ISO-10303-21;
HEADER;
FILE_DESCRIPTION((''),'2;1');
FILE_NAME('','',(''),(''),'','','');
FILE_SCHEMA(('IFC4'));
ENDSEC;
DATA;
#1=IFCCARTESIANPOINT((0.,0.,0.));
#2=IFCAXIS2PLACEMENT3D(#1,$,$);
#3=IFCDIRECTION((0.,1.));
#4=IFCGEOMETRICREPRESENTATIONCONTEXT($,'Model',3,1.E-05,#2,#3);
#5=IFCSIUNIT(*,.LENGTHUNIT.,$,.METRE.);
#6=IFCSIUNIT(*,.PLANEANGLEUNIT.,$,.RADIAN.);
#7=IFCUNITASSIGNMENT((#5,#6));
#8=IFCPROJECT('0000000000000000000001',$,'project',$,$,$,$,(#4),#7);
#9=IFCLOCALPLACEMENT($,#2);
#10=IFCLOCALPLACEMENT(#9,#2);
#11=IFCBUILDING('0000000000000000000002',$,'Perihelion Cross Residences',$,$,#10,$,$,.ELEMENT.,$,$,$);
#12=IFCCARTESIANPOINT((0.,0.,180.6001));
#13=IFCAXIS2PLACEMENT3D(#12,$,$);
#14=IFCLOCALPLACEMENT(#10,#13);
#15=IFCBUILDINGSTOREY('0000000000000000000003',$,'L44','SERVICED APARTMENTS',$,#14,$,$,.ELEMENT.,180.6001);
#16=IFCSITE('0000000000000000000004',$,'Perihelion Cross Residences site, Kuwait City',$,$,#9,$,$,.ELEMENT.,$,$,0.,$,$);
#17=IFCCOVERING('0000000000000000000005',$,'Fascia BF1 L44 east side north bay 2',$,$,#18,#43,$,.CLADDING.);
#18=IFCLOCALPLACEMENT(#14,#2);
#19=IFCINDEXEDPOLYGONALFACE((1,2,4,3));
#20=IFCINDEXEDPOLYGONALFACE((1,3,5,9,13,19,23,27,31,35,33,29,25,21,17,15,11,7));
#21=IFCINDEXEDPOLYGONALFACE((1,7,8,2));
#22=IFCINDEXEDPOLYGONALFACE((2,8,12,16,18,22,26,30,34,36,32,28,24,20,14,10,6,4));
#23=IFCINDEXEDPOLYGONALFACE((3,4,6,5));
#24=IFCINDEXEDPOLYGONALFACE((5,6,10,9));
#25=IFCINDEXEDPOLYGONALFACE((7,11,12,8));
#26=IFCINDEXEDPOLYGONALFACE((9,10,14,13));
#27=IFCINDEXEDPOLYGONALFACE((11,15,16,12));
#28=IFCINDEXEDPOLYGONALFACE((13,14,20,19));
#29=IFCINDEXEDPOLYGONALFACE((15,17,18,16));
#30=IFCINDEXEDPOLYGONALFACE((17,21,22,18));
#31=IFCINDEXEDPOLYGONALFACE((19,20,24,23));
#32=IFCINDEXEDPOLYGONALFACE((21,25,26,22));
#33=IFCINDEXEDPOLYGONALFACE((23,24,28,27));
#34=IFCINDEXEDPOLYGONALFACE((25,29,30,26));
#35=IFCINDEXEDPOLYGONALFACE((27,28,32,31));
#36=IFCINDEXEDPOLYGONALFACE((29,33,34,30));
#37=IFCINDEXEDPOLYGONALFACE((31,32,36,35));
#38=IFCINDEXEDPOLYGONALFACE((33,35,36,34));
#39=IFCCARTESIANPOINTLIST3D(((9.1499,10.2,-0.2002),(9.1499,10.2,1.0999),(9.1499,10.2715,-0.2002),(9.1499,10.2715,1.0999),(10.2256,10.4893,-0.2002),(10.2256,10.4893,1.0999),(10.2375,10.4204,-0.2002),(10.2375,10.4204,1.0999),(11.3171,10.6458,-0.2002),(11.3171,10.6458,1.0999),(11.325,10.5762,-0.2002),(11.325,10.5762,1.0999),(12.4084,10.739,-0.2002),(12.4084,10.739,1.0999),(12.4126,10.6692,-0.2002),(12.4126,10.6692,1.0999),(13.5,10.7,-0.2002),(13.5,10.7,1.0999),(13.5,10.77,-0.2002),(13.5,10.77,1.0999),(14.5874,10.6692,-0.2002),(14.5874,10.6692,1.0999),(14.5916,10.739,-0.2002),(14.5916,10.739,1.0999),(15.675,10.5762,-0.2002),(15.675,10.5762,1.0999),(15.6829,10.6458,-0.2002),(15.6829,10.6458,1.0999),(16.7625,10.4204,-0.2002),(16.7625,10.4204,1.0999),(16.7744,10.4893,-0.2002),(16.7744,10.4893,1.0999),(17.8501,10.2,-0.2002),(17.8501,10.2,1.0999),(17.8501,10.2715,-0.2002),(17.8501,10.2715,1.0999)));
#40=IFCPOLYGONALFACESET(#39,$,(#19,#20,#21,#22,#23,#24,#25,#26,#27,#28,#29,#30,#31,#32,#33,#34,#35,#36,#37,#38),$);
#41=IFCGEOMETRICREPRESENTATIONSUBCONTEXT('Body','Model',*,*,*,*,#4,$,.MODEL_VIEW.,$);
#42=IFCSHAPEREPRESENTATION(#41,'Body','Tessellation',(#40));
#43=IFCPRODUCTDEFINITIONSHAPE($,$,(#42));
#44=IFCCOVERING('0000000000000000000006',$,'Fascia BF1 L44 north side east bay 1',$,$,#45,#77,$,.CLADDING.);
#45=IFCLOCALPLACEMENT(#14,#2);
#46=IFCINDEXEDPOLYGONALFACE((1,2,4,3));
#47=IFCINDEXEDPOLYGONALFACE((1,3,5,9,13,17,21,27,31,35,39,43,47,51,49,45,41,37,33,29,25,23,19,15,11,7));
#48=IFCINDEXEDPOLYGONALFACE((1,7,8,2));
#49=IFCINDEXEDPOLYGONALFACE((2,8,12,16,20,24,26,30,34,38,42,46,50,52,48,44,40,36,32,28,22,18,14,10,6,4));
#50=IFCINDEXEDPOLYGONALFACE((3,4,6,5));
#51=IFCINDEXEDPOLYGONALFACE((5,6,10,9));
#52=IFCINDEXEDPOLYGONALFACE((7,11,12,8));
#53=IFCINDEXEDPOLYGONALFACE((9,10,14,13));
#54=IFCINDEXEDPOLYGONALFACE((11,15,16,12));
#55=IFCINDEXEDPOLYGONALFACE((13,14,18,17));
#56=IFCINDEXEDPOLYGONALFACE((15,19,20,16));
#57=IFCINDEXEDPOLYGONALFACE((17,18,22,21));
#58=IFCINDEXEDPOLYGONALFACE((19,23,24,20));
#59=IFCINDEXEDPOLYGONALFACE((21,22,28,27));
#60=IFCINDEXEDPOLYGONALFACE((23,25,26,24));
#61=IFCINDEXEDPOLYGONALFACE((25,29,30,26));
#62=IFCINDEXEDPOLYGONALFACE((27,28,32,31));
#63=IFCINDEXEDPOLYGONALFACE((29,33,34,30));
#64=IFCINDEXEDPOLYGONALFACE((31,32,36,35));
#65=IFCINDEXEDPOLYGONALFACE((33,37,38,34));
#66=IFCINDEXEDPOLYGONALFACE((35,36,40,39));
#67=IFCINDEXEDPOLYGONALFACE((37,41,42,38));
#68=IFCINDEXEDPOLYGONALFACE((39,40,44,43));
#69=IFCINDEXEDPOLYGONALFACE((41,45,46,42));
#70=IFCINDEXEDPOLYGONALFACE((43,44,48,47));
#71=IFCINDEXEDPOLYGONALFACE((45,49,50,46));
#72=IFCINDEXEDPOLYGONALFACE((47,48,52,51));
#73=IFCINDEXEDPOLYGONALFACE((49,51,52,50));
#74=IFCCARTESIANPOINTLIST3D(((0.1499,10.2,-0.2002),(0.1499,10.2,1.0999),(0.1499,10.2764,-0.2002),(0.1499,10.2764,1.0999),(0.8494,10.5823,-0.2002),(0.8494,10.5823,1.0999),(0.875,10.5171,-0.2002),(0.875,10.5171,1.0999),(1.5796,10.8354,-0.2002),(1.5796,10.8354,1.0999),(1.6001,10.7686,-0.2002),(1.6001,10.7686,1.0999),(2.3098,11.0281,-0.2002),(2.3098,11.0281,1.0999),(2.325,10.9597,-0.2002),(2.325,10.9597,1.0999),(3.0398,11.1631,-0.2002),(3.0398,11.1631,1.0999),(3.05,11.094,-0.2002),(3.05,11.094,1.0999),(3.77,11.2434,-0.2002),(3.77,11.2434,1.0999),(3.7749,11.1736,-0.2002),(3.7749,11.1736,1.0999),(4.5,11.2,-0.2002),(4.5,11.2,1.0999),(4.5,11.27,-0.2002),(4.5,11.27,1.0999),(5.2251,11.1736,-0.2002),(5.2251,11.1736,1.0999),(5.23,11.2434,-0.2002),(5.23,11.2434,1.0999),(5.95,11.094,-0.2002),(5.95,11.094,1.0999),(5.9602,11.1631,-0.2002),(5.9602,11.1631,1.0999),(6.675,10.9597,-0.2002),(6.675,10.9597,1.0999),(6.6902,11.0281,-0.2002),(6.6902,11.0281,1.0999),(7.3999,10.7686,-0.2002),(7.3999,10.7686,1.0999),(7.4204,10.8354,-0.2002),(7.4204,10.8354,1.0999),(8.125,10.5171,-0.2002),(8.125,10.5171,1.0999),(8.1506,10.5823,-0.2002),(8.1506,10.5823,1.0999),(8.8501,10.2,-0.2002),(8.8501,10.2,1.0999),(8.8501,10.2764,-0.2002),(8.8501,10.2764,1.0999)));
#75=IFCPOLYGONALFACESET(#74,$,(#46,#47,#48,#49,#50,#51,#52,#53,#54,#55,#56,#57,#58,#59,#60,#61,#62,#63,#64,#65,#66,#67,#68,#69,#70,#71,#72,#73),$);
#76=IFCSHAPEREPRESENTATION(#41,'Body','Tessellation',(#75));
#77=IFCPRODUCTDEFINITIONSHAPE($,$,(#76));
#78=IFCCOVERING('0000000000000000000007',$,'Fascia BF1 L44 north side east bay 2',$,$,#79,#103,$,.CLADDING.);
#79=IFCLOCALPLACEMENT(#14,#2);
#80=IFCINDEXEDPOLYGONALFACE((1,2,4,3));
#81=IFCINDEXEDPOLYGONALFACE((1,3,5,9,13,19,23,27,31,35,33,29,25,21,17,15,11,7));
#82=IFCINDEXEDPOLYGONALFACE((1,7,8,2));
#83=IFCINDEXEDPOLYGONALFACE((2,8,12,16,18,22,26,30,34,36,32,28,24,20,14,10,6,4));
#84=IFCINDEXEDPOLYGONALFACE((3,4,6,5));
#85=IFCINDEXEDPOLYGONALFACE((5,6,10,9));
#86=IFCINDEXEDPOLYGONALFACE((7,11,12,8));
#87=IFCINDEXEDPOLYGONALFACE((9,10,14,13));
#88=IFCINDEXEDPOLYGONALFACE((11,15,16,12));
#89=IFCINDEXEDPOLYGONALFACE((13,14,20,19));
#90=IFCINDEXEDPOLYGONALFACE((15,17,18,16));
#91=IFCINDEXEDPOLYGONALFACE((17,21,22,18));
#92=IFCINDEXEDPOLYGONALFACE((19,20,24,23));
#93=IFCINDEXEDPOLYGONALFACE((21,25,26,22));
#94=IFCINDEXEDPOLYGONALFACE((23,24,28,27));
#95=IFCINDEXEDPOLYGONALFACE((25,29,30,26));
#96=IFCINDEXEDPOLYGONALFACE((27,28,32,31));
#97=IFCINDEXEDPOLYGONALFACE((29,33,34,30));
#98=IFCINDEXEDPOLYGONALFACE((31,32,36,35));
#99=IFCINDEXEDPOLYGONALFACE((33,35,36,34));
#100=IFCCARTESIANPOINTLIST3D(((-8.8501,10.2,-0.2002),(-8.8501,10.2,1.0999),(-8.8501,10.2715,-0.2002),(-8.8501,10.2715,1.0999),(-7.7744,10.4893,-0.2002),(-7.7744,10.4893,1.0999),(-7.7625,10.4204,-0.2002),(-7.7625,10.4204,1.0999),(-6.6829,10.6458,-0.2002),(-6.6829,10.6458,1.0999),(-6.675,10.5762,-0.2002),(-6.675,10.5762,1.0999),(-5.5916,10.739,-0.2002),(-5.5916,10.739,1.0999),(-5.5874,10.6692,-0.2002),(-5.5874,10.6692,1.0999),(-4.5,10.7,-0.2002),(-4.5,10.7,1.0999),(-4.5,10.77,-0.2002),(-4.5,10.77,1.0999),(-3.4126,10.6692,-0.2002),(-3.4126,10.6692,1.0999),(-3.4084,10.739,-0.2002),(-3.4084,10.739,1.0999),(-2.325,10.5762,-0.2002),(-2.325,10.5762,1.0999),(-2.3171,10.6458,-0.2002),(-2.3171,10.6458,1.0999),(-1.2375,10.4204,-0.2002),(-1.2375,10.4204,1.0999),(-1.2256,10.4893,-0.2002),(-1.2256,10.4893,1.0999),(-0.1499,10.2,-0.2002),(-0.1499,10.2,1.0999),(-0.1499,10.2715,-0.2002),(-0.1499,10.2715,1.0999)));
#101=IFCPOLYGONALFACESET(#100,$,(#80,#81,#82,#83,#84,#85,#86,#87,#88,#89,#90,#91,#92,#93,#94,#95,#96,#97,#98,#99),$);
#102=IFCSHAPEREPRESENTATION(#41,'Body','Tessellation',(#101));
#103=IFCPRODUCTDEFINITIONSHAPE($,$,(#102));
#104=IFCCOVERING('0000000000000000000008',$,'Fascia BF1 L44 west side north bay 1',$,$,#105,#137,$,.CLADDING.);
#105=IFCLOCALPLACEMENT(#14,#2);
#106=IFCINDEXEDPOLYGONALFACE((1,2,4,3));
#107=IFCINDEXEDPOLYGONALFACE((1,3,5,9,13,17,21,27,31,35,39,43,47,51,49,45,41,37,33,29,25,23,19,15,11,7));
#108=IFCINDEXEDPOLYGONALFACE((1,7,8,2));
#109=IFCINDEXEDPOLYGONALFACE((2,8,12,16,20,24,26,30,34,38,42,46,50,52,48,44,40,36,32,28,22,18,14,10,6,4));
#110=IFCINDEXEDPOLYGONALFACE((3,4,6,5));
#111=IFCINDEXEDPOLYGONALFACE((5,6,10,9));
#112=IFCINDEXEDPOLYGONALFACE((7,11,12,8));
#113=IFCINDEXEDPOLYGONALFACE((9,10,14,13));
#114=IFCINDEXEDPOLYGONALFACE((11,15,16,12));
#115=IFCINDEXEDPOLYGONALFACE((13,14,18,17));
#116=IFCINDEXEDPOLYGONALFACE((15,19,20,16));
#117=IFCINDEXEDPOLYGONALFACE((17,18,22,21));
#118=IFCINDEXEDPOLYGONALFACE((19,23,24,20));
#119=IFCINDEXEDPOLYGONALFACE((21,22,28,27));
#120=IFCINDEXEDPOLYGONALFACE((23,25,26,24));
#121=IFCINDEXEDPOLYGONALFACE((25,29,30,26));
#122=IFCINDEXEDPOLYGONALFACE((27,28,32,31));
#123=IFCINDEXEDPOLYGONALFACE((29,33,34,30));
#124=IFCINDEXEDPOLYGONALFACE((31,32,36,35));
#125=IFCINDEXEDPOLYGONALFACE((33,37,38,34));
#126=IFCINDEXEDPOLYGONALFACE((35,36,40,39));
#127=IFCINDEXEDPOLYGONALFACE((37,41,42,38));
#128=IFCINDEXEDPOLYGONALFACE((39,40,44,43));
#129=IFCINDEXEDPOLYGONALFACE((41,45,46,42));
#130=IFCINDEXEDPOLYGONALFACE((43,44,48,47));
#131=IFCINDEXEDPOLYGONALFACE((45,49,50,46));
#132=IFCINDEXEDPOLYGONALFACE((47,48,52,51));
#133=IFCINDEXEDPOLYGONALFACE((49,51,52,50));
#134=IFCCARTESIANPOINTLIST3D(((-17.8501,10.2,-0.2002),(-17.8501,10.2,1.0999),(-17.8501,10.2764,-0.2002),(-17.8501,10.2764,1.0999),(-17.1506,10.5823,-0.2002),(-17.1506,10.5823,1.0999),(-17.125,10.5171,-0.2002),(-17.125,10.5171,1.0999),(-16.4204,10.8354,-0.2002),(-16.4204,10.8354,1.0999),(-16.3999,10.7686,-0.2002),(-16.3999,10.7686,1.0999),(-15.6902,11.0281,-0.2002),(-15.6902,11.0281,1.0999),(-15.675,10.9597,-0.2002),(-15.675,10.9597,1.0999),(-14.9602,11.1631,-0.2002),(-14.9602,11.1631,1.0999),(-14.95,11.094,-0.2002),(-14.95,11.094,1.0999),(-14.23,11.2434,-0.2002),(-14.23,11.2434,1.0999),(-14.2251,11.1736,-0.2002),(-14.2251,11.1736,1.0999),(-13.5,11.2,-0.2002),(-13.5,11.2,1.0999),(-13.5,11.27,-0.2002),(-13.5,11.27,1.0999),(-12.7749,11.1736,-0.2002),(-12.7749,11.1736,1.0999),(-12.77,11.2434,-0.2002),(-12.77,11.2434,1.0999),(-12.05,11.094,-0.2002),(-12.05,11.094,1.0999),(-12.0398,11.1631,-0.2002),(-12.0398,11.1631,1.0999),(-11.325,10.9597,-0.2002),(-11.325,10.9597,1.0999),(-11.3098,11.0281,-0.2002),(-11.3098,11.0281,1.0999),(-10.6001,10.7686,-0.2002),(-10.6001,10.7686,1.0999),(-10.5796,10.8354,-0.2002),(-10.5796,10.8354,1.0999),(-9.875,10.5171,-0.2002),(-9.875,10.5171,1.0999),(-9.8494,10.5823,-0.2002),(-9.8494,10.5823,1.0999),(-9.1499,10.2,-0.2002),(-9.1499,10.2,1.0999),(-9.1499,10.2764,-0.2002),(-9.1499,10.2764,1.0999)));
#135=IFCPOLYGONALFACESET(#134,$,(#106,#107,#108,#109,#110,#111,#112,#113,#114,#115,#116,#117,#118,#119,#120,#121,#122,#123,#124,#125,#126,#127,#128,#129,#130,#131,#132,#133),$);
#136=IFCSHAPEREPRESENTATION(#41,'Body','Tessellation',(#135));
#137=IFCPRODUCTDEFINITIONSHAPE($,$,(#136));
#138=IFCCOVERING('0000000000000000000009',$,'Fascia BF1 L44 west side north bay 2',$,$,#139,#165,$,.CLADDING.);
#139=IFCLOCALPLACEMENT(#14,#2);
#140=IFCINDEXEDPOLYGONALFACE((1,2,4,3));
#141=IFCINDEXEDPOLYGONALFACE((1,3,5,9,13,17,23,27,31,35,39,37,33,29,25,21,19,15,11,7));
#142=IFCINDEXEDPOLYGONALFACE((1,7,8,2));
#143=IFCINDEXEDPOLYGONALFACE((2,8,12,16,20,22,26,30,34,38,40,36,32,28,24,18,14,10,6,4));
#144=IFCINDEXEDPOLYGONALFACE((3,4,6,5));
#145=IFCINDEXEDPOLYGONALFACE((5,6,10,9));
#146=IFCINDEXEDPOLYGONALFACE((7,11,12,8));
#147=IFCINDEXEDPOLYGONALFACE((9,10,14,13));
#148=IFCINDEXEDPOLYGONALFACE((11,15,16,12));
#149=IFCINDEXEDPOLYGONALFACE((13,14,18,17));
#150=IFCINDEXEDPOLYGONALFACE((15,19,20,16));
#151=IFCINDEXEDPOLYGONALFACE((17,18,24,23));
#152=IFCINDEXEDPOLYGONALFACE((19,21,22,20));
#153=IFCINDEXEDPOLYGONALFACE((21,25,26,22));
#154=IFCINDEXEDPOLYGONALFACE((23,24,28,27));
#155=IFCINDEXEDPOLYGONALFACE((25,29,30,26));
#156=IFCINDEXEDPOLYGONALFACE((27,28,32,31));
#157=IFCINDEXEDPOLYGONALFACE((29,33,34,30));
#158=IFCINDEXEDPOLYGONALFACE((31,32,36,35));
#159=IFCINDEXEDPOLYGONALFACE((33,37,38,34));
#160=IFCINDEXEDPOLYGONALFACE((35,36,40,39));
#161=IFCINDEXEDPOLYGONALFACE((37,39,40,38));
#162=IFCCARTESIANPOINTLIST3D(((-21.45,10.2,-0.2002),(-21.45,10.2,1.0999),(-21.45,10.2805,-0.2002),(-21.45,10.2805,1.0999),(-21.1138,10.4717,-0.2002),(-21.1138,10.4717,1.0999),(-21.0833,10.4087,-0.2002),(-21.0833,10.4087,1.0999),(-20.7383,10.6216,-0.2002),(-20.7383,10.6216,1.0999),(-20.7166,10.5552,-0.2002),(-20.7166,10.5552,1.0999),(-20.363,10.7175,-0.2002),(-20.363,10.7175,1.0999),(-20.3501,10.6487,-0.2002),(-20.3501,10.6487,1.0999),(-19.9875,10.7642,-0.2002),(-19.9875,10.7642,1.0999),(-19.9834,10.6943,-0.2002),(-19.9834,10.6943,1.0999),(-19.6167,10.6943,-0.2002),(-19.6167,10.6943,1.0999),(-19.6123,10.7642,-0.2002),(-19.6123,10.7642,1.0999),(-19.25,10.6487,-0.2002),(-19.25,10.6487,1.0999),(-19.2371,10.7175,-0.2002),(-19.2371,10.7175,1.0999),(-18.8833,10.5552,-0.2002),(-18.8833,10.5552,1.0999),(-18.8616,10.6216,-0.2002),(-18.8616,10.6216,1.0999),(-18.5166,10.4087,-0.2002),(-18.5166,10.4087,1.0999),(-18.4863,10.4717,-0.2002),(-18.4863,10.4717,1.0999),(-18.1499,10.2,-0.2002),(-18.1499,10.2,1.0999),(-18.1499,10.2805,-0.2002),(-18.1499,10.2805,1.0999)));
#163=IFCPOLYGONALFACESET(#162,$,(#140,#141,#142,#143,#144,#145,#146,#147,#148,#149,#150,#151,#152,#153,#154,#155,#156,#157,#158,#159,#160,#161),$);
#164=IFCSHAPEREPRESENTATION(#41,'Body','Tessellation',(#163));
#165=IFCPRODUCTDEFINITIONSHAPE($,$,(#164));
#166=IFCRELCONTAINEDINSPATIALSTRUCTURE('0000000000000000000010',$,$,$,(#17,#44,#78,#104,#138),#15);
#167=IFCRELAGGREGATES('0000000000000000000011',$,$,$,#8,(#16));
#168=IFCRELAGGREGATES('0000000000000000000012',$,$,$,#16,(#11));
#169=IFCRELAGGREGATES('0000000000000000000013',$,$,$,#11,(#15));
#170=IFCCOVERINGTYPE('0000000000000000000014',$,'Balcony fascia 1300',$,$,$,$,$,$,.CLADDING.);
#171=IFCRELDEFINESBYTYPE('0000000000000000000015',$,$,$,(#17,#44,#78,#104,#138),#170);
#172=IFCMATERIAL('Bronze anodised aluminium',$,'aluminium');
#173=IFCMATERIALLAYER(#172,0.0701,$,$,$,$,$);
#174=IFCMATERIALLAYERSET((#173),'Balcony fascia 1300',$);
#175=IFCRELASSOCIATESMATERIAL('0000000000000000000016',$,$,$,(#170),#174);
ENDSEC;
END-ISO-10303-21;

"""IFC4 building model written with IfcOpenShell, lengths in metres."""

from ifc_helpers import new_model, si_unit, direction, frame, origin, place, context, subcontext, project, spatial, polyline, outline, extrude, material, layer, layer_set, type_object, element, save


model = new_model("IFC4")

# Units and contexts
model_context = context("Model", 3, precision=1e-05, world=origin(), true_north=direction((0.0, 1.0)))
body_context = subcontext(model_context, "Body", "Model", "MODEL_VIEW")
ifc_project = project(units=[si_unit("LENGTHUNIT", "METRE"), si_unit("PLANEANGLEUNIT", "RADIAN")], contexts=[model_context])

# Site, building, storey
site_placement = place(None, origin())
site = spatial("IfcSite", under=ifc_project, at=site_placement, Name="Perihelion Cross Residences site, Kuwait City", CompositionType="ELEMENT", RefElevation=0.0)
building_placement = place(site_placement, origin())
building = spatial("IfcBuilding", under=site, at=building_placement, Name="Perihelion Cross Residences", CompositionType="ELEMENT")
storey_placement = place(building_placement, frame((0.0, 0.0, 180.6001)))
storey = spatial("IfcBuildingStorey", under=building, at=storey_placement, Name="L44", Description="SERVICED APARTMENTS", CompositionType="ELEMENT", Elevation=180.6001)

# Coverings
ifc_material_1 = material(Name="Bronze anodised aluminium", Category="aluminium")
ifc_layer_1 = layer(ifc_material_1, 0.0701)
ifc_layer_set_1 = layer_set([ifc_layer_1], Name="Balcony fascia 1300")
covering_type = type_object("IfcCoveringType", Name="Balcony fascia 1300", PredefinedType="CLADDING", material=ifc_layer_set_1)
covering_1_placement = place(storey_placement, frame((0.0, 0.0, -0.2002)))
element("IfcCovering", 1, at=covering_1_placement, inside=storey, type_object=covering_type, Name="Fascia BF1 L44 east side north bay 2", PredefinedType="CLADDING", context=body_context, shape_type="SweptSolid", body=[
    extrude(outline(polyline([(16.7744, 10.4893), (15.6829, 10.6458), (14.5916, 10.739), (13.5, 10.77), (12.4084, 10.739), (11.3171, 10.6458), (10.2256, 10.4893), (9.1499, 10.2715), (9.1499, 10.2), (10.2375, 10.4204), (11.325, 10.5762), (12.4126, 10.6692), (13.5, 10.7), (14.5874, 10.6692), (15.675, 10.5762), (16.7625, 10.4204), (17.8501, 10.2), (17.8501, 10.2715), (16.7744, 10.4893)])), origin(), (0.0, 0.0, 1.0), 1.3),
])
covering_2_placement = place(storey_placement, frame((0.0, 0.0, -0.2002)))
element("IfcCovering", 2, at=covering_2_placement, inside=storey, type_object=covering_type, Name="Fascia BF1 L44 north side east bay 1", PredefinedType="CLADDING", context=body_context, shape_type="SweptSolid", body=[
    extrude(outline(polyline([(8.1506, 10.5823), (7.4204, 10.8354), (6.6902, 11.0281), (5.9602, 11.1631), (5.23, 11.2434), (4.5, 11.27), (3.77, 11.2434), (3.0398, 11.1631), (2.3098, 11.0281), (1.5796, 10.8354), (0.8494, 10.5823), (0.1499, 10.2764), (0.1499, 10.2), (0.875, 10.5171), (1.6001, 10.7686), (2.325, 10.9597), (3.05, 11.094), (3.7749, 11.1736), (4.5, 11.2), (5.2251, 11.1736), (5.95, 11.094), (6.675, 10.9597), (7.3999, 10.7686), (8.125, 10.5171), (8.8501, 10.2), (8.8501, 10.2764), (8.1506, 10.5823)])), origin(), (0.0, 0.0, 1.0), 1.3),
])
covering_3_placement = place(storey_placement, frame((0.0, 0.0, -0.2002)))
element("IfcCovering", 3, at=covering_3_placement, inside=storey, type_object=covering_type, Name="Fascia BF1 L44 north side east bay 2", PredefinedType="CLADDING", context=body_context, shape_type="SweptSolid", body=[
    extrude(outline(polyline([(-1.2256, 10.4893), (-2.3171, 10.6458), (-3.4084, 10.739), (-4.5, 10.77), (-5.5916, 10.739), (-6.6829, 10.6458), (-7.7744, 10.4893), (-8.8501, 10.2715), (-8.8501, 10.2), (-7.7625, 10.4204), (-6.675, 10.5762), (-5.5874, 10.6692), (-4.5, 10.7), (-3.4126, 10.6692), (-2.325, 10.5762), (-1.2375, 10.4204), (-0.1499, 10.2), (-0.1499, 10.2715), (-1.2256, 10.4893)])), origin(), (0.0, 0.0, 1.0), 1.3),
])
covering_4_placement = place(storey_placement, frame((0.0, 0.0, -0.2002)))
element("IfcCovering", 4, at=covering_4_placement, inside=storey, type_object=covering_type, Name="Fascia BF1 L44 west side north bay 1", PredefinedType="CLADDING", context=body_context, shape_type="SweptSolid", body=[
    extrude(outline(polyline([(-9.8494, 10.5823), (-10.5796, 10.8354), (-11.3098, 11.0281), (-12.0398, 11.1631), (-12.77, 11.2434), (-13.5, 11.27), (-14.23, 11.2434), (-14.9602, 11.1631), (-15.6902, 11.0281), (-16.4204, 10.8354), (-17.1506, 10.5823), (-17.8501, 10.2764), (-17.8501, 10.2), (-17.125, 10.5171), (-16.3999, 10.7686), (-15.675, 10.9597), (-14.95, 11.094), (-14.2251, 11.1736), (-13.5, 11.2), (-12.7749, 11.1736), (-12.05, 11.094), (-11.325, 10.9597), (-10.6001, 10.7686), (-9.875, 10.5171), (-9.1499, 10.2), (-9.1499, 10.2764), (-9.8494, 10.5823)])), origin(), (0.0, 0.0, 1.0), 1.3),
])
covering_5_placement = place(storey_placement, frame((0.0, 0.0, -0.2002)))
element("IfcCovering", 5, at=covering_5_placement, inside=storey, type_object=covering_type, Name="Fascia BF1 L44 west side north bay 2", PredefinedType="CLADDING", context=body_context, shape_type="SweptSolid", body=[
    extrude(outline(polyline([(-18.4863, 10.4717), (-18.8616, 10.6216), (-19.2371, 10.7175), (-19.6123, 10.7642), (-19.9875, 10.7642), (-20.363, 10.7175), (-20.7383, 10.6216), (-21.1138, 10.4717), (-21.45, 10.2805), (-21.45, 10.2), (-21.0833, 10.4087), (-20.7166, 10.5552), (-20.3501, 10.6487), (-19.9834, 10.6943), (-19.6167, 10.6943), (-19.25, 10.6487), (-18.8833, 10.5552), (-18.5166, 10.4087), (-18.1499, 10.2), (-18.1499, 10.2805), (-18.4863, 10.4717)])), origin(), (0.0, 0.0, 1.0), 1.3),
])

save(model, "model.ifc")
